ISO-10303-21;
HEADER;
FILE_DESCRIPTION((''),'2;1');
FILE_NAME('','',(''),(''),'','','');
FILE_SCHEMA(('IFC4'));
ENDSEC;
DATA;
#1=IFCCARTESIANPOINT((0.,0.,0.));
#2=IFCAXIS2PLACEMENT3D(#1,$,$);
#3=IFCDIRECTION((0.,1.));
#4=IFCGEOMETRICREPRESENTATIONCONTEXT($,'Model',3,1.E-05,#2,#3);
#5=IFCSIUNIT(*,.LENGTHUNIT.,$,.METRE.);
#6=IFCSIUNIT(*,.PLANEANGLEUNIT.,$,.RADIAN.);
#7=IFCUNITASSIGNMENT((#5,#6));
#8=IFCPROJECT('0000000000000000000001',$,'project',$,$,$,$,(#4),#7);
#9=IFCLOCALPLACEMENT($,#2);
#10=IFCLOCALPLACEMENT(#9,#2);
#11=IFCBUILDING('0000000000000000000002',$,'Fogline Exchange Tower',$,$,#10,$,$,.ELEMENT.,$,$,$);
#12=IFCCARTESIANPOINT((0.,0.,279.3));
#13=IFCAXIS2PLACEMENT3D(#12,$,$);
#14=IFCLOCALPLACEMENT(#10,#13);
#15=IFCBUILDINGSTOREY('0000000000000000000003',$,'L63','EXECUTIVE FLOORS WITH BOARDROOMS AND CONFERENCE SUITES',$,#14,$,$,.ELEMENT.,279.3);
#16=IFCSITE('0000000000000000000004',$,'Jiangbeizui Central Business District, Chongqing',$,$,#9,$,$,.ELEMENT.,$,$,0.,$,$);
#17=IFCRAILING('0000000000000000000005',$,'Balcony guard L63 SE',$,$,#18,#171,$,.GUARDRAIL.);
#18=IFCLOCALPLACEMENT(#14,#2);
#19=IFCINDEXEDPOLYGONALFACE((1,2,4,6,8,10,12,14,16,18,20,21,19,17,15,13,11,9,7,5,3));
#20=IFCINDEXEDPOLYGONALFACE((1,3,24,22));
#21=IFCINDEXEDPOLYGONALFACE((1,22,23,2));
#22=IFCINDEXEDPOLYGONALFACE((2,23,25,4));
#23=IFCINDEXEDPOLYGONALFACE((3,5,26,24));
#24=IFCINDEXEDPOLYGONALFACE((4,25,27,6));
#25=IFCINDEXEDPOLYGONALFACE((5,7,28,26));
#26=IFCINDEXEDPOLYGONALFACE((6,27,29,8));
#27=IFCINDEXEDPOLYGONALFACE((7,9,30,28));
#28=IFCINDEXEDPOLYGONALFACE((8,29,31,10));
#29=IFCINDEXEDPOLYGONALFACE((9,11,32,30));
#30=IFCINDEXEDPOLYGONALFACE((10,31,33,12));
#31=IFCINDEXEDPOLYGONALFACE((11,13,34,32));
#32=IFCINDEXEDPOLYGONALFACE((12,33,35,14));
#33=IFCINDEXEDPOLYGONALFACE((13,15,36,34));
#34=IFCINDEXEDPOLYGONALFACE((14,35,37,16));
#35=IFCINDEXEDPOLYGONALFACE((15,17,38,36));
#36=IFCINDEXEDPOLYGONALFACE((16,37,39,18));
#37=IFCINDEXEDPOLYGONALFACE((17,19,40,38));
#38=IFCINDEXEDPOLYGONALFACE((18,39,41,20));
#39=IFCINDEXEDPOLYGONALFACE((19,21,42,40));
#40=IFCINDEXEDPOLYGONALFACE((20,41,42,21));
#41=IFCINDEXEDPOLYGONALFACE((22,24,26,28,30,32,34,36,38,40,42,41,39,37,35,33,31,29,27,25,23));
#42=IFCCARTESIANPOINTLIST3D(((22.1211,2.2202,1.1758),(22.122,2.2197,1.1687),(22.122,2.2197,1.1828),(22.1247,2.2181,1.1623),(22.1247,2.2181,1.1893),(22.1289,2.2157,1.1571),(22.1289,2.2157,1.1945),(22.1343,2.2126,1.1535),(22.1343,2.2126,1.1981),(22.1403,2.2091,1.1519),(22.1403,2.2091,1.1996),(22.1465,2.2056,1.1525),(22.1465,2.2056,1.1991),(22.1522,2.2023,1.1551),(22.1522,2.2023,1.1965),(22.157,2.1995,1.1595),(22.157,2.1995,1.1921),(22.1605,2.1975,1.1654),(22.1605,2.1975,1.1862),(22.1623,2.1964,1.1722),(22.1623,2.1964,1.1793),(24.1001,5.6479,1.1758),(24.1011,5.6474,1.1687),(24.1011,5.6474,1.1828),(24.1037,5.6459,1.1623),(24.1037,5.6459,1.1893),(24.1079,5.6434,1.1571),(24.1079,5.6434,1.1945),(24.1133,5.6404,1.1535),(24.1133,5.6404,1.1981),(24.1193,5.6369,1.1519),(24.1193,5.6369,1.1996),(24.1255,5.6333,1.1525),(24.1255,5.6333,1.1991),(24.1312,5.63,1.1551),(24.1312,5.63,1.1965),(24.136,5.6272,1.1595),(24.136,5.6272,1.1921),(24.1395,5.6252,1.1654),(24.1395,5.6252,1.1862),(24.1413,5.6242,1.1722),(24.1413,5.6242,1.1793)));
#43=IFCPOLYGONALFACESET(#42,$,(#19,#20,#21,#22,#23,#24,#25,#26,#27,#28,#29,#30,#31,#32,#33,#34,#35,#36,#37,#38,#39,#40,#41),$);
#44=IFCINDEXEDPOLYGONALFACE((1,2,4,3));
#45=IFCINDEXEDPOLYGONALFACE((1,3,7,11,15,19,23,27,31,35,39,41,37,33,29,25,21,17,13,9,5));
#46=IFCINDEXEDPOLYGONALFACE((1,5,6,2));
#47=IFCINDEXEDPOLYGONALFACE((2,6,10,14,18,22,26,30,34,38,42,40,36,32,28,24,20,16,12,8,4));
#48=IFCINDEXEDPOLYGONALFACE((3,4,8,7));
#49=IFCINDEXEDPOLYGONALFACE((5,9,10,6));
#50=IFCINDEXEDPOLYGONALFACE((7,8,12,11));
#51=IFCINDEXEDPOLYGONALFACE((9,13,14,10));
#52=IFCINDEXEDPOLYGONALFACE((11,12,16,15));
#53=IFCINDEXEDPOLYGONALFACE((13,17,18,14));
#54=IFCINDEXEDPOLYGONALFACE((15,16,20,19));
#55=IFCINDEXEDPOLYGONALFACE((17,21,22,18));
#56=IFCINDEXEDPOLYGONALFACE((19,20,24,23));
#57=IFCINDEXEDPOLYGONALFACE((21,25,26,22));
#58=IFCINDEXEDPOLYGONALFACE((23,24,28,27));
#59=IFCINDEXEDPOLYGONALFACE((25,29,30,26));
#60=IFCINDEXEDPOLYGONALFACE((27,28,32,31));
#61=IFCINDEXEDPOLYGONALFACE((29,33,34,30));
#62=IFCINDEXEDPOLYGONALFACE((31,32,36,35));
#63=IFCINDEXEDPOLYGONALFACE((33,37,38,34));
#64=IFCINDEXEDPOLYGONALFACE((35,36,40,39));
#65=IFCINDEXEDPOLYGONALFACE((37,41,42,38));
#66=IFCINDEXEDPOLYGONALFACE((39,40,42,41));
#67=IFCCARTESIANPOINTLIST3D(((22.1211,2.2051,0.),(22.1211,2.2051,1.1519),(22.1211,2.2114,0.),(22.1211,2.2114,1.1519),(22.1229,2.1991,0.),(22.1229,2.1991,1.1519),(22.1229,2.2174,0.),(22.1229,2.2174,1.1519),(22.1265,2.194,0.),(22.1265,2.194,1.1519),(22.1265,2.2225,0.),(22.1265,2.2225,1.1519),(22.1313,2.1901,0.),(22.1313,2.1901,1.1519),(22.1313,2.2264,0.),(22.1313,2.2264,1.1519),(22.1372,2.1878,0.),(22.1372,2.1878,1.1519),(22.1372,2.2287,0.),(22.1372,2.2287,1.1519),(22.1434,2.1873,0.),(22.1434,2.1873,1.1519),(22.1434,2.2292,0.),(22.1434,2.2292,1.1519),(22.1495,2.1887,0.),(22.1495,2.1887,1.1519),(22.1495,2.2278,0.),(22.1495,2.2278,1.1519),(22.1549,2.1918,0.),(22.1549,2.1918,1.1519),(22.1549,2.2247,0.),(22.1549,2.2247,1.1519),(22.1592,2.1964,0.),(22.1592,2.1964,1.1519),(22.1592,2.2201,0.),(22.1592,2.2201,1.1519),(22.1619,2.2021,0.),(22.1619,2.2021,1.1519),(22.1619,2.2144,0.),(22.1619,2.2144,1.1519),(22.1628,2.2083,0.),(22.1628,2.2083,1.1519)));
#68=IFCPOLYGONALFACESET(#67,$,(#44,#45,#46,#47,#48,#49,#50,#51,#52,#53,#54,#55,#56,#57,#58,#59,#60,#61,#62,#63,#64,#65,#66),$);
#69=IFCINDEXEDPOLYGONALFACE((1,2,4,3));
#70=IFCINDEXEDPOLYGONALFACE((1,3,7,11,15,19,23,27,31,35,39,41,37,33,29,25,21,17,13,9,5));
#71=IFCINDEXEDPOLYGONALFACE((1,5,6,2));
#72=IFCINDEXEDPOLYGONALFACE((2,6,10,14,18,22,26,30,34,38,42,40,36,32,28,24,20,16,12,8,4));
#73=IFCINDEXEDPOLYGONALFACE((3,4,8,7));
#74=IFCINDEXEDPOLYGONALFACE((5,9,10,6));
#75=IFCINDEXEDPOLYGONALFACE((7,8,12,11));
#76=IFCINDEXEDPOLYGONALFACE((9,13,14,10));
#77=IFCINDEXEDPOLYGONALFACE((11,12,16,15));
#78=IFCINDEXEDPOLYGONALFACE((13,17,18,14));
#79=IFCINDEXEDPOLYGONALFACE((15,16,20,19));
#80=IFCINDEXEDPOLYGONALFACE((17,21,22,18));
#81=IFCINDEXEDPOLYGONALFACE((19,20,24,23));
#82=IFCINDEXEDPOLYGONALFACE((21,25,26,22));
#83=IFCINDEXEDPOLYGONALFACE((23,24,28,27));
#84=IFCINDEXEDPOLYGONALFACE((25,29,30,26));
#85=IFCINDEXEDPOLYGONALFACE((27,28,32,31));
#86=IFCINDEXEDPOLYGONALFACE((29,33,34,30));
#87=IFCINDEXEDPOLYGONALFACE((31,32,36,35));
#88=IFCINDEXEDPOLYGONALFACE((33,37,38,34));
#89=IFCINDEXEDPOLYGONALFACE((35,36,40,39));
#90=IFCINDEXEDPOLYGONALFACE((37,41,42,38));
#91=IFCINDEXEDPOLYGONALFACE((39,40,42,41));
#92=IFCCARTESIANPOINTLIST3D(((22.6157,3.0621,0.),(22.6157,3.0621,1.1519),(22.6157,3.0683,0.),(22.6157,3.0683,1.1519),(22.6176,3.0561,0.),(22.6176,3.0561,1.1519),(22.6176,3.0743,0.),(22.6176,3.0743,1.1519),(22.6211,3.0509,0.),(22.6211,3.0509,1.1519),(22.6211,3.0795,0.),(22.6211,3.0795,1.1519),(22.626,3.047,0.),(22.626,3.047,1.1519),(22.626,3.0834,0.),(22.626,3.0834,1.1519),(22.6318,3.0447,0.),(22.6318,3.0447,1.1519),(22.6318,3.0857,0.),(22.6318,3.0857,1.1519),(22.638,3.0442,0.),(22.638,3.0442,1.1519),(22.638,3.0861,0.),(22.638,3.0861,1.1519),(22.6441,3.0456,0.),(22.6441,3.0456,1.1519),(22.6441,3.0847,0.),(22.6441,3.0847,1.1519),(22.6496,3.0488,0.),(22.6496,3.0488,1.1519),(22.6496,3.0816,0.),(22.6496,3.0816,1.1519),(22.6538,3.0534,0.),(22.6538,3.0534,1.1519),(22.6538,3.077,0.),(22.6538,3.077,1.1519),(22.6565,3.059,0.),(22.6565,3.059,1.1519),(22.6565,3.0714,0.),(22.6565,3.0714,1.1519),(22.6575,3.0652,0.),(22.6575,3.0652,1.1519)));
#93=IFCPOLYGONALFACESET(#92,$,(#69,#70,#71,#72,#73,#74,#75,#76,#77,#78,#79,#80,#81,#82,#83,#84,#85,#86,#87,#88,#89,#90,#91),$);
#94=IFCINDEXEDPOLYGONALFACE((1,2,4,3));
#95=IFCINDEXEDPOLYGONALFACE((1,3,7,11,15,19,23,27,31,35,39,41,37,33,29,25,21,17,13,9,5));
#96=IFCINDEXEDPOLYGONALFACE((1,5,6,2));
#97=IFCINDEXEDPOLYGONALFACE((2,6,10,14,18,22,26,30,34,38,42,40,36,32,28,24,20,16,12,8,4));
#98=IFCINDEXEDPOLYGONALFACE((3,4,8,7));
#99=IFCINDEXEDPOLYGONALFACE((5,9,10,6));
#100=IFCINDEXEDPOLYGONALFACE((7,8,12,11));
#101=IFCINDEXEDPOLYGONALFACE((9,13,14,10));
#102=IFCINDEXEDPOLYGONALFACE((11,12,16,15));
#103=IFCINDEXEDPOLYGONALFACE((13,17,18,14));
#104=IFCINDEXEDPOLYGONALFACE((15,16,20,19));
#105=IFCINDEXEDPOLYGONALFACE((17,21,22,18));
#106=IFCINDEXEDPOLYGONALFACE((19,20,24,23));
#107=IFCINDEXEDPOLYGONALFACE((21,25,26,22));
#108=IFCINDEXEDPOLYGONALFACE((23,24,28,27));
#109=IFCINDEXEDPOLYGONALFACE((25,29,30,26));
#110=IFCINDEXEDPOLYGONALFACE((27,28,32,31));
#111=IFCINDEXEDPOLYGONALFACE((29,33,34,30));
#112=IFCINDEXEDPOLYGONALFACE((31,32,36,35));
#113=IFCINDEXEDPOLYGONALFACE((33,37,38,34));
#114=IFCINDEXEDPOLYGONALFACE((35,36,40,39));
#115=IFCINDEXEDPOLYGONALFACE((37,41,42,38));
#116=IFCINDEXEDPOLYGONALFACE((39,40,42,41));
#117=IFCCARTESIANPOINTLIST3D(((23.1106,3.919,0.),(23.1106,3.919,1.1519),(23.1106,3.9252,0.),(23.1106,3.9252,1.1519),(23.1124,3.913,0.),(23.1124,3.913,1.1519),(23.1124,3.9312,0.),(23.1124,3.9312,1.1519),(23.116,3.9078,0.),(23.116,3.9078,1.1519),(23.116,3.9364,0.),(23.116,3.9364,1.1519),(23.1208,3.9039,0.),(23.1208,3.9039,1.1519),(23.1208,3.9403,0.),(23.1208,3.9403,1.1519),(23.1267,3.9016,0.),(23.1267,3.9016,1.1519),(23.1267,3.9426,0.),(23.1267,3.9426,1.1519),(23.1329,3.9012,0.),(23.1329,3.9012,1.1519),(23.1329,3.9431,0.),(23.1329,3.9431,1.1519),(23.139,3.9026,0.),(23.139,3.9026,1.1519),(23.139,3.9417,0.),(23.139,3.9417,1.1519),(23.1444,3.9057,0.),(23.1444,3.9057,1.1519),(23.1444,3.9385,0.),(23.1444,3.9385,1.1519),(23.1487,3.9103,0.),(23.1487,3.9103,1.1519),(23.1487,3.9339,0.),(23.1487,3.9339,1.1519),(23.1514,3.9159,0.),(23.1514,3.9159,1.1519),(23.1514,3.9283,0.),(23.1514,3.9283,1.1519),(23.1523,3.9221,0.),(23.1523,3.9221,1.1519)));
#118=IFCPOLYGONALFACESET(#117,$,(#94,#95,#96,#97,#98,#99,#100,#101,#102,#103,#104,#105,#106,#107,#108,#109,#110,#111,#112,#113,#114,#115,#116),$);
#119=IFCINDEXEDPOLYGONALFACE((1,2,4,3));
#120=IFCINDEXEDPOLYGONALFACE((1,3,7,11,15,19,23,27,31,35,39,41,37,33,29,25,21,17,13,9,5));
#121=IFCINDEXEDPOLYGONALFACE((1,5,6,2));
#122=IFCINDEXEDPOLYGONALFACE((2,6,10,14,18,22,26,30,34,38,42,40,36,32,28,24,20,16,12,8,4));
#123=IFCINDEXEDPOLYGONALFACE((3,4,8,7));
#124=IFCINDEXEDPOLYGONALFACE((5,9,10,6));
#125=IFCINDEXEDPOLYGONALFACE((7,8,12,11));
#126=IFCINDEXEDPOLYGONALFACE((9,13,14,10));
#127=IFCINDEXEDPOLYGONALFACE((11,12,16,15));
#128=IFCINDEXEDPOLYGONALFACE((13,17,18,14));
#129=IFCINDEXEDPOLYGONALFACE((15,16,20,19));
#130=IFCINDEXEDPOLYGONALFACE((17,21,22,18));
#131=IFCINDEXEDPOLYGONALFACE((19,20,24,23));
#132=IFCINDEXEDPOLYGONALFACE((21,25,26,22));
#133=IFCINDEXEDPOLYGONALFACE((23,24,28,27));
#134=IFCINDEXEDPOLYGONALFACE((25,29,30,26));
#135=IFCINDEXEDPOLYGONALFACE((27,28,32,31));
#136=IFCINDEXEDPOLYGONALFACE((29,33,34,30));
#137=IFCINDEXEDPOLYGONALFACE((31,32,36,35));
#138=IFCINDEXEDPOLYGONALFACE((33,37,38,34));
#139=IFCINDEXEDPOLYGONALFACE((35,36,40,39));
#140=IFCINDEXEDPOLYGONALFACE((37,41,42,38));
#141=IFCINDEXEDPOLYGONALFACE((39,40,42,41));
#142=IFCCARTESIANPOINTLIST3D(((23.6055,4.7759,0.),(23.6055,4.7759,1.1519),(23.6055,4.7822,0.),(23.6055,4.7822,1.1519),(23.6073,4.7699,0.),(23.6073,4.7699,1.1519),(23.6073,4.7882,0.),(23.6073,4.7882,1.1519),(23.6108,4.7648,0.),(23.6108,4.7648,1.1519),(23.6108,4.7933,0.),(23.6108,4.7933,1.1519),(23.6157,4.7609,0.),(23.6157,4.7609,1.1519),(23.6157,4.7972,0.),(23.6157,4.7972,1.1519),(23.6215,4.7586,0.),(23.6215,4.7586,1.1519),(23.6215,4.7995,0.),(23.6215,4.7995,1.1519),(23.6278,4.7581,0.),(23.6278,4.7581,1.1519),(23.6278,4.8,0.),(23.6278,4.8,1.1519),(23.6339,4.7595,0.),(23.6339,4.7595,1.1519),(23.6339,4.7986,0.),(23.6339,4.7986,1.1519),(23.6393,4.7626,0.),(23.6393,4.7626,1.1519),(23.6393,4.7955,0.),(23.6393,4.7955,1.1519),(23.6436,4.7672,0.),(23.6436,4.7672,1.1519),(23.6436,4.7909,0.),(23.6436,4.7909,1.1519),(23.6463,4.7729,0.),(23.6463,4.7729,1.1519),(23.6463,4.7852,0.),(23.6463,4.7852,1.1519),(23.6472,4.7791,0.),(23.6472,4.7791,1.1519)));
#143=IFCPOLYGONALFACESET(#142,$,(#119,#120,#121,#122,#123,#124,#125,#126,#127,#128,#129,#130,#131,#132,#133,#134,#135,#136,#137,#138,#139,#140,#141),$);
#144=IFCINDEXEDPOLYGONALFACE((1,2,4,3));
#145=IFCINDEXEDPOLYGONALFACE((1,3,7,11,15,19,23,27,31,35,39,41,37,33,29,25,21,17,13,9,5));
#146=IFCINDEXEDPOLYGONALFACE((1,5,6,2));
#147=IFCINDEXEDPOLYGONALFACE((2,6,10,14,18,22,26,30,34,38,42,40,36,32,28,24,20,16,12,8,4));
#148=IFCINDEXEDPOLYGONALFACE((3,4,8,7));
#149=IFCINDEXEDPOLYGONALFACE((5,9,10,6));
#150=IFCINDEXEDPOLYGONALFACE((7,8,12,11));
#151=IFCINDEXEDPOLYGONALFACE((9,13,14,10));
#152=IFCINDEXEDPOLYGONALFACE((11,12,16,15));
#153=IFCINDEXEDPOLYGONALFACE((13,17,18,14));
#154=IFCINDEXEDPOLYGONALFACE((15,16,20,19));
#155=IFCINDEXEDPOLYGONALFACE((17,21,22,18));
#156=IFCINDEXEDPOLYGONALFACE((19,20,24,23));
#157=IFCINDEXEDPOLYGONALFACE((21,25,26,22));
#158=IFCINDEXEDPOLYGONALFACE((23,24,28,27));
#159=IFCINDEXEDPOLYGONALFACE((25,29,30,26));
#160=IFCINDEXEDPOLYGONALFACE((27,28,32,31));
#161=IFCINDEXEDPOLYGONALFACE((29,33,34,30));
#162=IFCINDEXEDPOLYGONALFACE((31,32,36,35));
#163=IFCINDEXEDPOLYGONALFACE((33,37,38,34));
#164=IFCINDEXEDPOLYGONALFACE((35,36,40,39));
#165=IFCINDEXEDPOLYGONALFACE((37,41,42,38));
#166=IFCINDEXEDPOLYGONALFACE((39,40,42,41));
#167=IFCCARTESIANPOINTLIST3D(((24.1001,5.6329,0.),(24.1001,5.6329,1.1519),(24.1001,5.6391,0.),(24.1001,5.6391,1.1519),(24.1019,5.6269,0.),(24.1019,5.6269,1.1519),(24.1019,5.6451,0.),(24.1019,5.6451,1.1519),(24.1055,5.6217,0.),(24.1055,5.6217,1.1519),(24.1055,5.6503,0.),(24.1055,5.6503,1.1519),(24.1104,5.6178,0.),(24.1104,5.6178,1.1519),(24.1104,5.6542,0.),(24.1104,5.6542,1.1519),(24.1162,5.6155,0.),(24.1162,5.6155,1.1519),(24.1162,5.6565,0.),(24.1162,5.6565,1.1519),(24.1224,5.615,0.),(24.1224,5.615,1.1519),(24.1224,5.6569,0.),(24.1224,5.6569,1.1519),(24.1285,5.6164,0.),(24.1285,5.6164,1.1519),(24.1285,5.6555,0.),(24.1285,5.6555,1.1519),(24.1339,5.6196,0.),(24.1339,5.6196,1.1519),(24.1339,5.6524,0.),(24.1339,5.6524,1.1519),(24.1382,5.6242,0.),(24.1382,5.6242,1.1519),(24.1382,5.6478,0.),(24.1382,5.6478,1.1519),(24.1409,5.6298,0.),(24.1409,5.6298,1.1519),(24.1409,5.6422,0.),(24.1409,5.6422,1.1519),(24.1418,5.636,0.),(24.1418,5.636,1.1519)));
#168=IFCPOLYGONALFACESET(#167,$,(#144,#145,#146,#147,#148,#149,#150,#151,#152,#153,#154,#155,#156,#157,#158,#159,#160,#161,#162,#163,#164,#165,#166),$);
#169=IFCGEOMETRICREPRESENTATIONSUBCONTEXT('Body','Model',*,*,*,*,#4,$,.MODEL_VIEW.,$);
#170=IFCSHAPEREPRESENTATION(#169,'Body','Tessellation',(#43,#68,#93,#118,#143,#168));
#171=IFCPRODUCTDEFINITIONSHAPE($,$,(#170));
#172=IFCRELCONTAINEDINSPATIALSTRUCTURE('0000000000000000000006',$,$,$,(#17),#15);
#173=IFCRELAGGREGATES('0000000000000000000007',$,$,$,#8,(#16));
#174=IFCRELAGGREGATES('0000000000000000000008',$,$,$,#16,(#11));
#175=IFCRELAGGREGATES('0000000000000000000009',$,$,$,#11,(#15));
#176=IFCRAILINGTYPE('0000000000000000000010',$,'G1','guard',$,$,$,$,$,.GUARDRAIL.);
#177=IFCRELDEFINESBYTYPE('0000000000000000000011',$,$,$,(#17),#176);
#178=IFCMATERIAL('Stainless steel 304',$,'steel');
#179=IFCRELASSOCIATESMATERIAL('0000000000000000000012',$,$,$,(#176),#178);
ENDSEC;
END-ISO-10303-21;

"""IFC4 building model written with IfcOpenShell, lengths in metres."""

from ifc_helpers import new_model, si_unit, direction, frame, origin, origin_2d, place, context, subcontext, project, spatial, circle, extrude, material, type_object, element, save


model = new_model("IFC4")

# Units and contexts
model_context = context("Model", 3, precision=1e-05, world=origin(), true_north=direction((0.0, 1.0)))
body_context = subcontext(model_context, "Body", "Model", "MODEL_VIEW")
ifc_project = project(units=[si_unit("LENGTHUNIT", "METRE"), si_unit("PLANEANGLEUNIT", "RADIAN")], contexts=[model_context])

# Site, building, storey
site_placement = place(None, origin())
site = spatial("IfcSite", under=ifc_project, at=site_placement, Name="Jiangbeizui Central Business District, Chongqing", CompositionType="ELEMENT", RefElevation=0.0)
building_placement = place(site_placement, origin())
building = spatial("IfcBuilding", under=site, at=building_placement, Name="Fogline Exchange Tower", CompositionType="ELEMENT")
storey_placement = place(building_placement, frame((0.0, 0.0, 279.3)))
storey = spatial("IfcBuildingStorey", under=building, at=storey_placement, Name="L63", Description="EXECUTIVE FLOORS WITH BOARDROOMS AND CONFERENCE SUITES", CompositionType="ELEMENT", Elevation=279.3)

# Railing
ifc_material_1 = material(Name="Stainless steel 304", Category="steel")
railing_type = type_object("IfcRailingType", Name="G1", Description="guard", PredefinedType="GUARDRAIL", material=ifc_material_1)
railing_placement = place(storey_placement, frame((22.1418, 2.2083, 0.0)))
element("IfcRailing", 1, at=railing_placement, inside=storey, type_object=railing_type, Name="Balcony guard L63 SE", PredefinedType="GUARDRAIL", context=body_context, shape_type="SweptSolid", body=[
    extrude(circle(Radius=0.0239, at=origin_2d()), frame((0.0, 0.0, 1.1758), z_axis=(0.5, 0.866025, 0.0), x_axis=(-0.866025, 0.5, 0.0)), (0.0, 0.0, 1.0), 3.958),
    extrude(circle(Radius=0.021, at=origin_2d()), origin(), (0.0, 0.0, 1.0), 1.1519),
    extrude(circle(Radius=0.021, at=origin_2d()), frame((0.4946, 0.8569, 0.0)), (0.0, 0.0, 1.0), 1.1519),
    extrude(circle(Radius=0.021, at=origin_2d()), frame((0.9895, 1.7139, 0.0)), (0.0, 0.0, 1.0), 1.1519),
    extrude(circle(Radius=0.021, at=origin_2d()), frame((1.4844, 2.5708, 0.0)), (0.0, 0.0, 1.0), 1.1519),
    extrude(circle(Radius=0.021, at=origin_2d()), frame((1.979, 3.4277, 0.0)), (0.0, 0.0, 1.0), 1.1519),
])

save(model, "model.ifc")
